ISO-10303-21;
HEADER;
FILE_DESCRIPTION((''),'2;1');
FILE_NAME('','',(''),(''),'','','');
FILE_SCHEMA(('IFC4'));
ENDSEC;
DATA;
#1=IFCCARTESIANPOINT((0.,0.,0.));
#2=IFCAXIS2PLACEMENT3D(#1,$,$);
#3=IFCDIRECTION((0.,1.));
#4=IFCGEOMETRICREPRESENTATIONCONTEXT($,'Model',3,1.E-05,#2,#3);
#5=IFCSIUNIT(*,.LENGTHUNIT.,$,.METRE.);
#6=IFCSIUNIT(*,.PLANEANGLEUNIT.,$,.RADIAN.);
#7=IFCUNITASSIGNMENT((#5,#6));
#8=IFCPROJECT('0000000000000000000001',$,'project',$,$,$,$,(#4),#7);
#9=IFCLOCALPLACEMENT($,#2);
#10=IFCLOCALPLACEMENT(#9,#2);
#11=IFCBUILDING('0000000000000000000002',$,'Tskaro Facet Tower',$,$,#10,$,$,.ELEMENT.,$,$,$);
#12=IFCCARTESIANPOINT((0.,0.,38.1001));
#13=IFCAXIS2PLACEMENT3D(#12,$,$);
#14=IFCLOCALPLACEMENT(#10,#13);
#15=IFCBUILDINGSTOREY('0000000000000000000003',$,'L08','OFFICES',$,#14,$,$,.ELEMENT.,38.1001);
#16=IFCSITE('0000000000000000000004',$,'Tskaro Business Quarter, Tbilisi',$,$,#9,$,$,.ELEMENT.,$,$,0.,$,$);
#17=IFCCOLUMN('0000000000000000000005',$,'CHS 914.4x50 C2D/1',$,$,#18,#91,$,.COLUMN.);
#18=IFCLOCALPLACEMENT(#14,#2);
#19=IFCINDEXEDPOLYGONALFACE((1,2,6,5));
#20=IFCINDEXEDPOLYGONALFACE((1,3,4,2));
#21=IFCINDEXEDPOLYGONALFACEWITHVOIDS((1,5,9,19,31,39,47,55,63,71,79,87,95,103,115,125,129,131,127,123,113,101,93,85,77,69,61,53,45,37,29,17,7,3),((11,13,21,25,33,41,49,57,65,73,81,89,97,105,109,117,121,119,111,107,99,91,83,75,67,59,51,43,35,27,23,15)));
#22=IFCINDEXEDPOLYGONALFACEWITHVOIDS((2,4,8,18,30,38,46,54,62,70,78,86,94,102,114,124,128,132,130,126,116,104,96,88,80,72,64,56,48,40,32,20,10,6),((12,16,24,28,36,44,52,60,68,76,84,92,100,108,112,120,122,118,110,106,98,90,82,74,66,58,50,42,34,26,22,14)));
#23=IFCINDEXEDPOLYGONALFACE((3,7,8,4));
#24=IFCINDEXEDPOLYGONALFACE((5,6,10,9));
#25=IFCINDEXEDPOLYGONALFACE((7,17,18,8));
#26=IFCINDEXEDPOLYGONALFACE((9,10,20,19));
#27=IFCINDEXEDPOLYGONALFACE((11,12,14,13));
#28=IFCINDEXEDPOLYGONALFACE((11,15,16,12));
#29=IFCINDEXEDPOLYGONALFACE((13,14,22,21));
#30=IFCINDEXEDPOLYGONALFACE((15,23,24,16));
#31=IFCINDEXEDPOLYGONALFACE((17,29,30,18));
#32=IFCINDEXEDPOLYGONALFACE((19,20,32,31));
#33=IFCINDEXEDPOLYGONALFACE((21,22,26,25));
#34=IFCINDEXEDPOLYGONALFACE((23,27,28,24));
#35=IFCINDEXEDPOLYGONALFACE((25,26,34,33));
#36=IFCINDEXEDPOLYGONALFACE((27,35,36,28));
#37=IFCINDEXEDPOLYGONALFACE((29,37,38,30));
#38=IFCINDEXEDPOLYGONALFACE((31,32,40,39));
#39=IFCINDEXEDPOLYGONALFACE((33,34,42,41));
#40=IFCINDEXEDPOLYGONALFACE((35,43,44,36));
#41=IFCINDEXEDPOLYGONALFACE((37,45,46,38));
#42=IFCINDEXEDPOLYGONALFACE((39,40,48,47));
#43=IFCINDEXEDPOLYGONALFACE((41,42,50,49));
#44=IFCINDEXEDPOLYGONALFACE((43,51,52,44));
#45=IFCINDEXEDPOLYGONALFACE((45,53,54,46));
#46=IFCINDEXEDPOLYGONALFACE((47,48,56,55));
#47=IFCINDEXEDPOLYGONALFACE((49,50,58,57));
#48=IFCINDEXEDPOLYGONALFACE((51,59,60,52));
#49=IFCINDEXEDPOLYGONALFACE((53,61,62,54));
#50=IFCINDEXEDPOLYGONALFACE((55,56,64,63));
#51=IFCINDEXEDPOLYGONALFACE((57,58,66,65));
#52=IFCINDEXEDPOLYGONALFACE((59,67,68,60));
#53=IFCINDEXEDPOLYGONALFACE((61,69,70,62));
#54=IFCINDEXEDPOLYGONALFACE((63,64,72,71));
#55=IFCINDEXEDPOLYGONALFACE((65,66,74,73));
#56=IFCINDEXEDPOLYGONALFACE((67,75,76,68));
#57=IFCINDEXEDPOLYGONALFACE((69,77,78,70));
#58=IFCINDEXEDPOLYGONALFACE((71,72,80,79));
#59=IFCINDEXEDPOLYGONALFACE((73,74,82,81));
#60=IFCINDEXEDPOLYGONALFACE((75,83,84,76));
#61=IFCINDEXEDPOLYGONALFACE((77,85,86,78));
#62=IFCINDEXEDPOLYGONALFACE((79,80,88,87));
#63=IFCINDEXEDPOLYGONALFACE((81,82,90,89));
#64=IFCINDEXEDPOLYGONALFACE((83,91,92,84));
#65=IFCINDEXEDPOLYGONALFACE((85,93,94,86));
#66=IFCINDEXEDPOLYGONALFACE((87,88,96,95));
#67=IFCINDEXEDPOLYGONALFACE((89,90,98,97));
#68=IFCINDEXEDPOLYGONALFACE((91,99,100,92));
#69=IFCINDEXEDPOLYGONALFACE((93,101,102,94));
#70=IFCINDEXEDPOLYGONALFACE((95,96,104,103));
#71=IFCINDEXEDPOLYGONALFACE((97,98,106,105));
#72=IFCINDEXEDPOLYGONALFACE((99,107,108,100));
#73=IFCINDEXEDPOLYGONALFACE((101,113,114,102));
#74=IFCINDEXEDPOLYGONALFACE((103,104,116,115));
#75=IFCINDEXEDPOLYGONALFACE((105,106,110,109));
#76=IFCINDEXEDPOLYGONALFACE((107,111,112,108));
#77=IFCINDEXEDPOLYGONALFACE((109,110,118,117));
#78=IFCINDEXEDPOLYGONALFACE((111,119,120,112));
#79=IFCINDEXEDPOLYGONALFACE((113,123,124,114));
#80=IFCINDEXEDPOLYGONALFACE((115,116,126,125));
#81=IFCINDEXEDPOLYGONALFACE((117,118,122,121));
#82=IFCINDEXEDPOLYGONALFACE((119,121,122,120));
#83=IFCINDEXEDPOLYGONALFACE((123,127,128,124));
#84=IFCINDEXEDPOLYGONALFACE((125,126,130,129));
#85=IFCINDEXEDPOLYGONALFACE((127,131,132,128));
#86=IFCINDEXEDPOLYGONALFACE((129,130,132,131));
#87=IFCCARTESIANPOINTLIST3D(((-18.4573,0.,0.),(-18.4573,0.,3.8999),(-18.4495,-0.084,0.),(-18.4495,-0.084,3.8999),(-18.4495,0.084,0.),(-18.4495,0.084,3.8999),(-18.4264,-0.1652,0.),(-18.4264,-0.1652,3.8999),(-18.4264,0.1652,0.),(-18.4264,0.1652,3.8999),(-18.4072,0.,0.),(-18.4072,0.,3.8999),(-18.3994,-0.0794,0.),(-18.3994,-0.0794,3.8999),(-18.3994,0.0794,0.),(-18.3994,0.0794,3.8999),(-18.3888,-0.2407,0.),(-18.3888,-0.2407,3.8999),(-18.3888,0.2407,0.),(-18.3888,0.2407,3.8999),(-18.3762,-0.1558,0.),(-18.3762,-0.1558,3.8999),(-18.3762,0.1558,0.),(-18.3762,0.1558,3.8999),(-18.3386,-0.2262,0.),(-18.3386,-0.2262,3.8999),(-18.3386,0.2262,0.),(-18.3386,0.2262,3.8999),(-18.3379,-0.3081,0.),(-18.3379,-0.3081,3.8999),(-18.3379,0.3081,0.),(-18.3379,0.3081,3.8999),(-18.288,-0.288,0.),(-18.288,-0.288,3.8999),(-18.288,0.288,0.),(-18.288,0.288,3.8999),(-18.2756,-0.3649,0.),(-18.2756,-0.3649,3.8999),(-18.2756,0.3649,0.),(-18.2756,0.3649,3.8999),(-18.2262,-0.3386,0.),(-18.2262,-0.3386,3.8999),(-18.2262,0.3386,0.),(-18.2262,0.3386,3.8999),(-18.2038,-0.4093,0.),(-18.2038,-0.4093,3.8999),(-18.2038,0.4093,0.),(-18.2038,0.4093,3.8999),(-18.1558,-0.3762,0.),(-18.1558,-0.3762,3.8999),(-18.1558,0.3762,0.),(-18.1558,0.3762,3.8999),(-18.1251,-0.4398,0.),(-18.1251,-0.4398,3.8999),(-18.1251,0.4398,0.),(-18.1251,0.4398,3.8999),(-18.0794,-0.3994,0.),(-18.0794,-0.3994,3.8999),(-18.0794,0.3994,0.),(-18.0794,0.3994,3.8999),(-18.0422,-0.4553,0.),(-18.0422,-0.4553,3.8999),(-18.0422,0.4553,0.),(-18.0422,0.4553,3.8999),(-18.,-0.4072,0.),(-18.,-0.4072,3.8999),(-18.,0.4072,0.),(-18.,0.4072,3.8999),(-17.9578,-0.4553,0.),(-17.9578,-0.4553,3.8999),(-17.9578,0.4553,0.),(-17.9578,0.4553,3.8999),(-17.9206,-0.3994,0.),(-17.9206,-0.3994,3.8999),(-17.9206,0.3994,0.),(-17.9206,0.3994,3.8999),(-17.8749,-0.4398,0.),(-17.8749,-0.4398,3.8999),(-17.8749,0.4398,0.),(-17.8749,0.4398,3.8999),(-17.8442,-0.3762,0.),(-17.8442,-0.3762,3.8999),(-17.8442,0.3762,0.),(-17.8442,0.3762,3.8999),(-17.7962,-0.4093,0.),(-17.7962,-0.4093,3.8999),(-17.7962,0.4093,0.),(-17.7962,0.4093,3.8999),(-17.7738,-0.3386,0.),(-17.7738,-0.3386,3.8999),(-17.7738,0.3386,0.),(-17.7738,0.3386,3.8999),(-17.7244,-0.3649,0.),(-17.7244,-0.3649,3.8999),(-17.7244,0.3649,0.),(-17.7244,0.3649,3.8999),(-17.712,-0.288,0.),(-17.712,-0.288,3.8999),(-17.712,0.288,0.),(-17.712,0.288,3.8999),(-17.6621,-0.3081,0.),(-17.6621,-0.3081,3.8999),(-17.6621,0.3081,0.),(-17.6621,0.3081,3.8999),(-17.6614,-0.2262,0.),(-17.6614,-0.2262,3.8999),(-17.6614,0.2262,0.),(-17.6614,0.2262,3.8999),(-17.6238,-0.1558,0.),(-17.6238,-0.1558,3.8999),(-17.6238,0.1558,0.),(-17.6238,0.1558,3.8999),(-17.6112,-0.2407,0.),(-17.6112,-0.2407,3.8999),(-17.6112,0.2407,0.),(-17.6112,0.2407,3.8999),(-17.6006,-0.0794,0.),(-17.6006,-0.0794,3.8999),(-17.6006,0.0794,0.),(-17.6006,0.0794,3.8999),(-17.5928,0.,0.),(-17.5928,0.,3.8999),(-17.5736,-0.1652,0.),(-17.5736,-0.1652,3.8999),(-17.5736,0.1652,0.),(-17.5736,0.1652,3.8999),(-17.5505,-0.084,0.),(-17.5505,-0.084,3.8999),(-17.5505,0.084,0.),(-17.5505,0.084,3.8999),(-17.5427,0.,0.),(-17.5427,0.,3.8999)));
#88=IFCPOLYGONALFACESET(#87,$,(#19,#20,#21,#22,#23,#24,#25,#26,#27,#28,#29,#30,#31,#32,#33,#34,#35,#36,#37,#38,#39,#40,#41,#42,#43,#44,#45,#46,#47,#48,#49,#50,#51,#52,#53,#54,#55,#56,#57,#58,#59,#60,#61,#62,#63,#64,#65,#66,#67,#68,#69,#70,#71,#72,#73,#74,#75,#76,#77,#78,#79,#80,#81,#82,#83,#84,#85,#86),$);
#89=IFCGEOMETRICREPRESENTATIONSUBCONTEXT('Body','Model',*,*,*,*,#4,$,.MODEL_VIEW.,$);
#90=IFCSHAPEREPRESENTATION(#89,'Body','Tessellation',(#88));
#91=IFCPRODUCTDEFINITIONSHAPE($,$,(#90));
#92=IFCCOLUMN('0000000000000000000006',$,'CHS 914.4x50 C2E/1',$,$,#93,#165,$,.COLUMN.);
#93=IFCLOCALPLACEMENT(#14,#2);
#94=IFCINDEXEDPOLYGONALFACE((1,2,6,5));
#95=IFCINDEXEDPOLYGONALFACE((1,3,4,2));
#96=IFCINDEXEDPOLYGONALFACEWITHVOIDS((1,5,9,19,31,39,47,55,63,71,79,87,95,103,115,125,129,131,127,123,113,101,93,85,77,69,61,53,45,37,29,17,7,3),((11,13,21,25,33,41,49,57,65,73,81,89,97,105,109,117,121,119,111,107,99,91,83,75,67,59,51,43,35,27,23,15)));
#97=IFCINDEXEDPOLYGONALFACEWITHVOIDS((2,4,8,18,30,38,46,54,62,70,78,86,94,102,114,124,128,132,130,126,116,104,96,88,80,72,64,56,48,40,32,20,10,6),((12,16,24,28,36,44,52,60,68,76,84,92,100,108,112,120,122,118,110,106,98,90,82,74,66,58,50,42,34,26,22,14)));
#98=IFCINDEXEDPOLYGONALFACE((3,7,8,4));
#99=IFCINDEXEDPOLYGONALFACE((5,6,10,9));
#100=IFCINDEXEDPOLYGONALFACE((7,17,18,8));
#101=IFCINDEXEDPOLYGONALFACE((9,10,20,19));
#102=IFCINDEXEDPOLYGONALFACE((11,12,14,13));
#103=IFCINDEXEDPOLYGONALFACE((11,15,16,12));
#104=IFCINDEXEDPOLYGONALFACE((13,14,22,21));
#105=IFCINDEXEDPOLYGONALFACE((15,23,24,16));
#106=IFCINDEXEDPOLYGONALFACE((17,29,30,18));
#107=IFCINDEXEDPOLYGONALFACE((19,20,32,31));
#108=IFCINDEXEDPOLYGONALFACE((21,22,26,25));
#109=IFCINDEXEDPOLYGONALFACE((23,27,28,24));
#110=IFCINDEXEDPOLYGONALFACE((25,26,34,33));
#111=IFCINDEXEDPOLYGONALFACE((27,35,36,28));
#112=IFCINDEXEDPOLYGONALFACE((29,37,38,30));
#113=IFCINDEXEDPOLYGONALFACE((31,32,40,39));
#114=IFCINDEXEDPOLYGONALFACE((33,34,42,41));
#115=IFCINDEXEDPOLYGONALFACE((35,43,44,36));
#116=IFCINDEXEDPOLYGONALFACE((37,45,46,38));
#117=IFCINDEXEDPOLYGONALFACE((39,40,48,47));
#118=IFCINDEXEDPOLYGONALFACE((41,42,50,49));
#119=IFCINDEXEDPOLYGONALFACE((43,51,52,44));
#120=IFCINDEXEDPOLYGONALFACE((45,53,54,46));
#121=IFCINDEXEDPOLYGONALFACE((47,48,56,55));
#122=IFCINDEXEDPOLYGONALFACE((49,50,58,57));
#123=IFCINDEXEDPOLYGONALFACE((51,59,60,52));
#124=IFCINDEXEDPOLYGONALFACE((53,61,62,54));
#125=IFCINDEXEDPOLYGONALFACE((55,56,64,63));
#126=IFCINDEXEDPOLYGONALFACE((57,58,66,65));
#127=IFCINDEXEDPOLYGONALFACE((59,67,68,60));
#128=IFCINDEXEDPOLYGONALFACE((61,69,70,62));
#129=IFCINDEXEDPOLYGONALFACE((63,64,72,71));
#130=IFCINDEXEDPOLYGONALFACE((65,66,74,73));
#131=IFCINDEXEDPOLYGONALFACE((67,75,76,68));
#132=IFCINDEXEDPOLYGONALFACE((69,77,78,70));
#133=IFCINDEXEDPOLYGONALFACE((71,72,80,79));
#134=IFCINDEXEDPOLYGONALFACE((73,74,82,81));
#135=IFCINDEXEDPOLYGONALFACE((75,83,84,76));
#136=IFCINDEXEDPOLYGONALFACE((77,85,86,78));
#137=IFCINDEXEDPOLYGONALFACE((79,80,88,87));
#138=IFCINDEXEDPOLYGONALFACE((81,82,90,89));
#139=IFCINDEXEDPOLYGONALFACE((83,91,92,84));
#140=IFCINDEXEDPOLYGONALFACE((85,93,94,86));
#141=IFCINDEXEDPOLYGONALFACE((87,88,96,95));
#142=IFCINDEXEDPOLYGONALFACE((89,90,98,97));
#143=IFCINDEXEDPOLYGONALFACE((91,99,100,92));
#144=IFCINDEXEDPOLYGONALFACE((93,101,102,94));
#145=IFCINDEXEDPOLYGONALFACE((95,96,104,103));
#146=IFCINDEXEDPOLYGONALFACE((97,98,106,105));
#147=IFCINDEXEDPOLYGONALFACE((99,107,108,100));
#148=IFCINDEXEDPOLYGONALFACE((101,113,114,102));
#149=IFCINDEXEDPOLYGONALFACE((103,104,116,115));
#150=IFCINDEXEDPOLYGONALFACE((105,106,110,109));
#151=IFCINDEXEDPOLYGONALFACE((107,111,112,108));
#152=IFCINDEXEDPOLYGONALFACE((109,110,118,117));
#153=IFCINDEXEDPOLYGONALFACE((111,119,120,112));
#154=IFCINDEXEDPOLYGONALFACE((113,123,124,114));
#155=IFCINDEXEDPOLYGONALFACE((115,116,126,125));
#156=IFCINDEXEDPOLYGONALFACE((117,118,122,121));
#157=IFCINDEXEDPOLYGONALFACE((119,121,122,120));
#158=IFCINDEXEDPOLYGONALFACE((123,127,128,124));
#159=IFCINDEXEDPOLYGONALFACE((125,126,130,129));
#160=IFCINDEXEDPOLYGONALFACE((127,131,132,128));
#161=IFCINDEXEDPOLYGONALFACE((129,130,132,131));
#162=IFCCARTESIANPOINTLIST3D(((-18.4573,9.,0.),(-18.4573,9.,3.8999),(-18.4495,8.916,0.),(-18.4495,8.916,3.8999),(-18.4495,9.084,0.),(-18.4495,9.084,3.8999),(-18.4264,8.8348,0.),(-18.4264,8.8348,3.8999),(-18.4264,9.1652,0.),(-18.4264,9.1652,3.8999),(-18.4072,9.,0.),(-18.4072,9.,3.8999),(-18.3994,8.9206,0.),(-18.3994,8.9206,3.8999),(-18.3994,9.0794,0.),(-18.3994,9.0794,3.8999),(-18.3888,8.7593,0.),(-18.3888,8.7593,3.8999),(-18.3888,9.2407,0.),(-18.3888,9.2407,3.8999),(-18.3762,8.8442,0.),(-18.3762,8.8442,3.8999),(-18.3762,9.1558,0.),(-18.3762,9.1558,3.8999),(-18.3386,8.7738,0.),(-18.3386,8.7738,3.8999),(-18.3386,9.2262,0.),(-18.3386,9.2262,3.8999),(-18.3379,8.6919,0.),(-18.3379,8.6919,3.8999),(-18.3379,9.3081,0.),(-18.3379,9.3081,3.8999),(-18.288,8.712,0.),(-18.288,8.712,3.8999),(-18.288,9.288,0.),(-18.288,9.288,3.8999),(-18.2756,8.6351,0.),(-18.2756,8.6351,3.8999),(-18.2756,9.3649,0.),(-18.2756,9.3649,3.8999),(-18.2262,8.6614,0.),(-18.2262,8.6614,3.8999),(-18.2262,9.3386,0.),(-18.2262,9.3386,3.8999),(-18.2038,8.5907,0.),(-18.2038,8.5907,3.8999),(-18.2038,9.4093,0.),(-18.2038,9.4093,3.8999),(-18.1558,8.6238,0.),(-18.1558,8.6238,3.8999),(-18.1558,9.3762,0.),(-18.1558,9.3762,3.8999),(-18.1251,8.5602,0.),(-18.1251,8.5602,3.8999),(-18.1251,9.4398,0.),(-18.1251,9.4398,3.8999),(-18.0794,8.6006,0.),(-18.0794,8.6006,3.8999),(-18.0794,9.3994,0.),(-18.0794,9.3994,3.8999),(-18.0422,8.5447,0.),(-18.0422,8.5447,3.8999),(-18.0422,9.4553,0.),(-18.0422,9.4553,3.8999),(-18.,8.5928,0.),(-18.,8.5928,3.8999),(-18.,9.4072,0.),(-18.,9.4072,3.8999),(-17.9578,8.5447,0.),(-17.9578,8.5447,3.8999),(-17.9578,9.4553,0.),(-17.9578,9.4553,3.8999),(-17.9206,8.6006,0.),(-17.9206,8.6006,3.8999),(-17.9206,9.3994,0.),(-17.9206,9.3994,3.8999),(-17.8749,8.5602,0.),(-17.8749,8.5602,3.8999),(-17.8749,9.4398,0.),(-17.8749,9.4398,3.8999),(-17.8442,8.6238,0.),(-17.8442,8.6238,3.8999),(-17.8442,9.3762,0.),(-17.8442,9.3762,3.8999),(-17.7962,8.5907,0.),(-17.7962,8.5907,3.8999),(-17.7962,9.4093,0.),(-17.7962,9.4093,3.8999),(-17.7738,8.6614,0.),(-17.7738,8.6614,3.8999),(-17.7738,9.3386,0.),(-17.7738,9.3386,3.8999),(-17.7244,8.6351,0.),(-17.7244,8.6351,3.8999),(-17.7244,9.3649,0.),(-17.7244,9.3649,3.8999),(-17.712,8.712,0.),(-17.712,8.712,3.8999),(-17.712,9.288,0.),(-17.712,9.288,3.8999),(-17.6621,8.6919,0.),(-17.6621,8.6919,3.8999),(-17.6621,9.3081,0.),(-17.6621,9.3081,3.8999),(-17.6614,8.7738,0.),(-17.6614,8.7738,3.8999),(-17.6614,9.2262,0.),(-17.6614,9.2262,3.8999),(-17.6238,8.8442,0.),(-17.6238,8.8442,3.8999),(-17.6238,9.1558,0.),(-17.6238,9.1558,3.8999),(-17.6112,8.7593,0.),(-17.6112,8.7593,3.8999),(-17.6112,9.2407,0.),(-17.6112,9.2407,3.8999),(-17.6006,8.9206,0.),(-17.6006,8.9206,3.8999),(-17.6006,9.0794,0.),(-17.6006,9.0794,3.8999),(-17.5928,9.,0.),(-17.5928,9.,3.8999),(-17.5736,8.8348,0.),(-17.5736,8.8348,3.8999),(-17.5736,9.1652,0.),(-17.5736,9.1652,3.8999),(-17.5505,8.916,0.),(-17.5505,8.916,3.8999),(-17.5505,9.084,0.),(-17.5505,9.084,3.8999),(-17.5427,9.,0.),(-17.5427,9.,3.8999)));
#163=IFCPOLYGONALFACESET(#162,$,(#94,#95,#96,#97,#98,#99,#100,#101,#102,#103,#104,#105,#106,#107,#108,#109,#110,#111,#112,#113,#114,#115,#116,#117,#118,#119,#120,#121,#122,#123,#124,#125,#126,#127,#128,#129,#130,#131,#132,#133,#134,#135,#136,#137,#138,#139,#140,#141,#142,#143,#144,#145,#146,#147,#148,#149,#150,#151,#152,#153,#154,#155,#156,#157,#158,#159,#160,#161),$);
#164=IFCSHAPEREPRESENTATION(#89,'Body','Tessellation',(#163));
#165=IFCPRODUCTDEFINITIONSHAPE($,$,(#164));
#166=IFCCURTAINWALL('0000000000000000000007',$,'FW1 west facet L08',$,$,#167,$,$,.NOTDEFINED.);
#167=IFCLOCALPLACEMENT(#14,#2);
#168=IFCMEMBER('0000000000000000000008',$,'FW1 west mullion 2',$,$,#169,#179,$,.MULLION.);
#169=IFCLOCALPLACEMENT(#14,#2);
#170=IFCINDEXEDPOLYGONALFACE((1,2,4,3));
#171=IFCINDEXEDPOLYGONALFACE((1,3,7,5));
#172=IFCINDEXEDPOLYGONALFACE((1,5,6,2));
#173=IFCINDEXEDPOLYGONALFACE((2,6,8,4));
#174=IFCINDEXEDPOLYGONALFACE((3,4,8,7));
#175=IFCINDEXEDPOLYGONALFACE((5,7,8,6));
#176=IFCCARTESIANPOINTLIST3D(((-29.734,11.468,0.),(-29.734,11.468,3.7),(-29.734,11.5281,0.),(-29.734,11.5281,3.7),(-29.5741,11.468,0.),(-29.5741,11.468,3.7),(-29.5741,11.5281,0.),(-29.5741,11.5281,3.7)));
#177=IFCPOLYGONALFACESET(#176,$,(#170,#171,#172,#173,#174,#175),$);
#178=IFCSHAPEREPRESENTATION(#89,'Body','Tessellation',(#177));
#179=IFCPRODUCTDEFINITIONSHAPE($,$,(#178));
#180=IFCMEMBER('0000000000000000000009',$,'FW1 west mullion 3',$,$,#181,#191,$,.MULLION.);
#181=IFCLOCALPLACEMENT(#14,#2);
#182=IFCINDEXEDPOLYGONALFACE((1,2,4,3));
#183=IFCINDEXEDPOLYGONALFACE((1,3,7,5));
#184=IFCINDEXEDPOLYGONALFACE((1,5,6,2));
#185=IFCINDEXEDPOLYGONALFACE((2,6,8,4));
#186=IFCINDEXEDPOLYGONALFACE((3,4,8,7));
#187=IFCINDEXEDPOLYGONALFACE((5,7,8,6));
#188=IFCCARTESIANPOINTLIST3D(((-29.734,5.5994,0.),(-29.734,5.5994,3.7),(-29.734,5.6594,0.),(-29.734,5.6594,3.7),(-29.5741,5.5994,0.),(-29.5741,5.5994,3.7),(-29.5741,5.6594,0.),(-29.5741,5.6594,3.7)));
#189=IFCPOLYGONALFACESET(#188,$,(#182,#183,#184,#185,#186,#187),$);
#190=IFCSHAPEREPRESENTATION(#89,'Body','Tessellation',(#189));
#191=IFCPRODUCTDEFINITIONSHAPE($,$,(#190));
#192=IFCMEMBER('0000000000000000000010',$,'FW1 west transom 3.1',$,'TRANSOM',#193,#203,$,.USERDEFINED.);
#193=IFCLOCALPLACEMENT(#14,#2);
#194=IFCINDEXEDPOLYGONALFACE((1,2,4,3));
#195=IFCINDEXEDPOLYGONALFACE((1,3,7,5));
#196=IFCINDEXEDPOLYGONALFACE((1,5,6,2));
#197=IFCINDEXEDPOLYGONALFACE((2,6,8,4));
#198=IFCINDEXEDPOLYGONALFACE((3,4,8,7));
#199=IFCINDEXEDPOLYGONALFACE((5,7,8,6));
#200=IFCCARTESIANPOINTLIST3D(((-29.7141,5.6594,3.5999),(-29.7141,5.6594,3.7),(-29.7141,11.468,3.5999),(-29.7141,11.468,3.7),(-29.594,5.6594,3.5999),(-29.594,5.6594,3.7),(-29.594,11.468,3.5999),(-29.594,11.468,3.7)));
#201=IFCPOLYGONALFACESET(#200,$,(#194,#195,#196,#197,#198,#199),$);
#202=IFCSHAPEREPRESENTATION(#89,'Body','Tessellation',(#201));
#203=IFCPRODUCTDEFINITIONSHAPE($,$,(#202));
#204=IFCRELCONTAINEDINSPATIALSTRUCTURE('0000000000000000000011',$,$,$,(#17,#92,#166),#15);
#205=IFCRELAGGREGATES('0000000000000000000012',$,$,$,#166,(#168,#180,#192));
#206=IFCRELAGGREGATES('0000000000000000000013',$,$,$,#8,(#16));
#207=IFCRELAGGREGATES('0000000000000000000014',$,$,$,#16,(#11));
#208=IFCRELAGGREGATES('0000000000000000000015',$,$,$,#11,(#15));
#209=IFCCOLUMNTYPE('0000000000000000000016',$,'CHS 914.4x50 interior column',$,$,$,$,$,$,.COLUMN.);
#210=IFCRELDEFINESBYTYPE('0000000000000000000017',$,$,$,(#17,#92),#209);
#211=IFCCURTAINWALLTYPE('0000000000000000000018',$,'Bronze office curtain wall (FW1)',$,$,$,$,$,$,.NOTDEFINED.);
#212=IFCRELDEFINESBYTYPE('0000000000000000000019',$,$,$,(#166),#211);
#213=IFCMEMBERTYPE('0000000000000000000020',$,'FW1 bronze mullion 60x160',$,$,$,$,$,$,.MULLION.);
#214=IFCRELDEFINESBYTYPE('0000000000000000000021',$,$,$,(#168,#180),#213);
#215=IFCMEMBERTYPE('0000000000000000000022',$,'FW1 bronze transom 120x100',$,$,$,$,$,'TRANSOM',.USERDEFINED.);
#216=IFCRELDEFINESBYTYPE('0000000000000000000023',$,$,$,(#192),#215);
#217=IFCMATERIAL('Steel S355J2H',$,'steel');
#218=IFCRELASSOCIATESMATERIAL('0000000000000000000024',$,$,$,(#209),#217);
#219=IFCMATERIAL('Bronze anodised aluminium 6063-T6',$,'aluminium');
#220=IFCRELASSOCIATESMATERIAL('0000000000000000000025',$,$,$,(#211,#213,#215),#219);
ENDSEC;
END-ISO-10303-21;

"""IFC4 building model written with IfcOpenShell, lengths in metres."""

from ifc_helpers import new_model, si_unit, direction, frame, origin, origin_2d, place, context, subcontext, project, spatial, rectangle, hollow_circle, extrude, material, material_profile, profile_set, type_object, element, aggregate, save


model = new_model("IFC4")

# Units and contexts
model_context = context("Model", 3, precision=1e-05, world=origin(), true_north=direction((0.0, 1.0)))
body_context = subcontext(model_context, "Body", "Model", "MODEL_VIEW")
ifc_project = project(units=[si_unit("LENGTHUNIT", "METRE"), si_unit("PLANEANGLEUNIT", "RADIAN")], contexts=[model_context])

# Site, building, storey
site_placement = place(None, origin())
site = spatial("IfcSite", under=ifc_project, at=site_placement, Name="Tskaro Business Quarter, Tbilisi", CompositionType="ELEMENT", RefElevation=0.0)
building_placement = place(site_placement, origin())
building = spatial("IfcBuilding", under=site, at=building_placement, Name="Tskaro Facet Tower", CompositionType="ELEMENT")
storey_placement = place(building_placement, frame((0.0, 0.0, 38.1001)))
storey = spatial("IfcBuildingStorey", under=building, at=storey_placement, Name="L08", Description="OFFICES", CompositionType="ELEMENT", Elevation=38.1001)

# Columns
ifc_material_1 = material(Name="Steel S355J2H", Category="steel")
ifc_material_profile_1 = material_profile(ifc_material_1, hollow_circle(Radius=0.4573, WallThickness=0.05, at=origin_2d()), Name="CHS 914.4x50")
ifc_profile_set_1 = profile_set([ifc_material_profile_1], Name="Steel S355J2H")
column_type_1 = type_object("IfcColumnType", Name="CHS 914.4x50 interior column", PredefinedType="COLUMN", material=ifc_profile_set_1)
for number, where, z_axis, x_axis, name in (
    (1, (-18.0, 0.0, 0.0), (0.0, 0.0, 1.0), (1.0, 0.0, 0.0), "CHS 914.4x50 C2D/1"),
    (2, (-18.0, 9.0, 0.0), (0.0, 0.0, 1.0), (1.0, 0.0, 0.0), "CHS 914.4x50 C2E/1"),
):
    element("IfcColumn", number, at=place(storey_placement, frame(where, z_axis=z_axis, x_axis=x_axis)), inside=storey, type_object=column_type_1, Name=name, PredefinedType="COLUMN", context=body_context, shape_type="SweptSolid", body=[
        extrude(hollow_circle(Radius=0.4573, WallThickness=0.05, at=origin_2d()), origin(), (0.0, 0.0, 1.0), 3.8999),
    ])

# Curtain wall, members
ifc_material_2 = material(Name="Bronze anodised aluminium 6063-T6", Category="aluminium")
curtain_wall_type = type_object("IfcCurtainWallType", Name="Bronze office curtain wall (FW1)", PredefinedType="NOTDEFINED", material=ifc_material_2)
curtain_wall_placement = place(storey_placement, origin())
curtain_wall = element("IfcCurtainWall", 3, at=curtain_wall_placement, inside=storey, type_object=curtain_wall_type, Name="FW1 west facet L08", PredefinedType="NOTDEFINED")
ifc_material_profile_2 = material_profile(ifc_material_2, rectangle(XDim=0.0601, YDim=0.1599, at=origin_2d()), Name="Mullion 60x160")
ifc_profile_set_2 = profile_set([ifc_material_profile_2], Name="Bronze anodised aluminium 6063-T6")
member_type_1 = type_object("IfcMemberType", Name="FW1 bronze mullion 60x160", PredefinedType="MULLION", material=ifc_profile_set_2)
member_1_placement = place(storey_placement, frame((-29.6541, 11.498, 0.0), z_axis=(0.0, 0.0, 1.0), x_axis=(0.0, -1.0, 0.0)))
member_1 = element("IfcMember", 4, at=member_1_placement, type_object=member_type_1, Name="FW1 west mullion 2", PredefinedType="MULLION", context=body_context, shape_type="SweptSolid", body=[
    extrude(rectangle(XDim=0.0601, YDim=0.1599, at=origin_2d()), origin(), (0.0, 0.0, 1.0), 3.7),
])
member_2_placement = place(storey_placement, frame((-29.6541, 5.6294, 0.0), z_axis=(0.0, 0.0, 1.0), x_axis=(0.0, -1.0, 0.0)))
member_2 = element("IfcMember", 5, at=member_2_placement, type_object=member_type_1, Name="FW1 west mullion 3", PredefinedType="MULLION", context=body_context, shape_type="SweptSolid", body=[
    extrude(rectangle(XDim=0.0601, YDim=0.1599, at=origin_2d()), origin(), (0.0, 0.0, 1.0), 3.7),
])
ifc_material_profile_3 = material_profile(ifc_material_2, rectangle(XDim=0.1201, YDim=0.1001, at=origin_2d()), Name="Transom 120x100")
ifc_profile_set_3 = profile_set([ifc_material_profile_3], Name="Bronze anodised aluminium 6063-T6")
member_type_2 = type_object("IfcMemberType", Name="FW1 bronze transom 120x100", ElementType="TRANSOM", PredefinedType="USERDEFINED", material=ifc_profile_set_3)
member_3_placement = place(storey_placement, frame((-29.6541, 11.468, 3.6499), z_axis=(0.0, -1.0, 0.0), x_axis=(1.0, 0.0, 0.0)))
member_3 = element("IfcMember", 6, at=member_3_placement, type_object=member_type_2, Name="FW1 west transom 3.1", ObjectType="TRANSOM", PredefinedType="USERDEFINED", context=body_context, shape_type="SweptSolid", body=[
    extrude(rectangle(XDim=0.1201, YDim=0.1001, at=origin_2d()), origin(), (0.0, 0.0, 1.0), 5.8086),
])

aggregate(curtain_wall, [member_1, member_2, member_3])

save(model, "model.ifc")
